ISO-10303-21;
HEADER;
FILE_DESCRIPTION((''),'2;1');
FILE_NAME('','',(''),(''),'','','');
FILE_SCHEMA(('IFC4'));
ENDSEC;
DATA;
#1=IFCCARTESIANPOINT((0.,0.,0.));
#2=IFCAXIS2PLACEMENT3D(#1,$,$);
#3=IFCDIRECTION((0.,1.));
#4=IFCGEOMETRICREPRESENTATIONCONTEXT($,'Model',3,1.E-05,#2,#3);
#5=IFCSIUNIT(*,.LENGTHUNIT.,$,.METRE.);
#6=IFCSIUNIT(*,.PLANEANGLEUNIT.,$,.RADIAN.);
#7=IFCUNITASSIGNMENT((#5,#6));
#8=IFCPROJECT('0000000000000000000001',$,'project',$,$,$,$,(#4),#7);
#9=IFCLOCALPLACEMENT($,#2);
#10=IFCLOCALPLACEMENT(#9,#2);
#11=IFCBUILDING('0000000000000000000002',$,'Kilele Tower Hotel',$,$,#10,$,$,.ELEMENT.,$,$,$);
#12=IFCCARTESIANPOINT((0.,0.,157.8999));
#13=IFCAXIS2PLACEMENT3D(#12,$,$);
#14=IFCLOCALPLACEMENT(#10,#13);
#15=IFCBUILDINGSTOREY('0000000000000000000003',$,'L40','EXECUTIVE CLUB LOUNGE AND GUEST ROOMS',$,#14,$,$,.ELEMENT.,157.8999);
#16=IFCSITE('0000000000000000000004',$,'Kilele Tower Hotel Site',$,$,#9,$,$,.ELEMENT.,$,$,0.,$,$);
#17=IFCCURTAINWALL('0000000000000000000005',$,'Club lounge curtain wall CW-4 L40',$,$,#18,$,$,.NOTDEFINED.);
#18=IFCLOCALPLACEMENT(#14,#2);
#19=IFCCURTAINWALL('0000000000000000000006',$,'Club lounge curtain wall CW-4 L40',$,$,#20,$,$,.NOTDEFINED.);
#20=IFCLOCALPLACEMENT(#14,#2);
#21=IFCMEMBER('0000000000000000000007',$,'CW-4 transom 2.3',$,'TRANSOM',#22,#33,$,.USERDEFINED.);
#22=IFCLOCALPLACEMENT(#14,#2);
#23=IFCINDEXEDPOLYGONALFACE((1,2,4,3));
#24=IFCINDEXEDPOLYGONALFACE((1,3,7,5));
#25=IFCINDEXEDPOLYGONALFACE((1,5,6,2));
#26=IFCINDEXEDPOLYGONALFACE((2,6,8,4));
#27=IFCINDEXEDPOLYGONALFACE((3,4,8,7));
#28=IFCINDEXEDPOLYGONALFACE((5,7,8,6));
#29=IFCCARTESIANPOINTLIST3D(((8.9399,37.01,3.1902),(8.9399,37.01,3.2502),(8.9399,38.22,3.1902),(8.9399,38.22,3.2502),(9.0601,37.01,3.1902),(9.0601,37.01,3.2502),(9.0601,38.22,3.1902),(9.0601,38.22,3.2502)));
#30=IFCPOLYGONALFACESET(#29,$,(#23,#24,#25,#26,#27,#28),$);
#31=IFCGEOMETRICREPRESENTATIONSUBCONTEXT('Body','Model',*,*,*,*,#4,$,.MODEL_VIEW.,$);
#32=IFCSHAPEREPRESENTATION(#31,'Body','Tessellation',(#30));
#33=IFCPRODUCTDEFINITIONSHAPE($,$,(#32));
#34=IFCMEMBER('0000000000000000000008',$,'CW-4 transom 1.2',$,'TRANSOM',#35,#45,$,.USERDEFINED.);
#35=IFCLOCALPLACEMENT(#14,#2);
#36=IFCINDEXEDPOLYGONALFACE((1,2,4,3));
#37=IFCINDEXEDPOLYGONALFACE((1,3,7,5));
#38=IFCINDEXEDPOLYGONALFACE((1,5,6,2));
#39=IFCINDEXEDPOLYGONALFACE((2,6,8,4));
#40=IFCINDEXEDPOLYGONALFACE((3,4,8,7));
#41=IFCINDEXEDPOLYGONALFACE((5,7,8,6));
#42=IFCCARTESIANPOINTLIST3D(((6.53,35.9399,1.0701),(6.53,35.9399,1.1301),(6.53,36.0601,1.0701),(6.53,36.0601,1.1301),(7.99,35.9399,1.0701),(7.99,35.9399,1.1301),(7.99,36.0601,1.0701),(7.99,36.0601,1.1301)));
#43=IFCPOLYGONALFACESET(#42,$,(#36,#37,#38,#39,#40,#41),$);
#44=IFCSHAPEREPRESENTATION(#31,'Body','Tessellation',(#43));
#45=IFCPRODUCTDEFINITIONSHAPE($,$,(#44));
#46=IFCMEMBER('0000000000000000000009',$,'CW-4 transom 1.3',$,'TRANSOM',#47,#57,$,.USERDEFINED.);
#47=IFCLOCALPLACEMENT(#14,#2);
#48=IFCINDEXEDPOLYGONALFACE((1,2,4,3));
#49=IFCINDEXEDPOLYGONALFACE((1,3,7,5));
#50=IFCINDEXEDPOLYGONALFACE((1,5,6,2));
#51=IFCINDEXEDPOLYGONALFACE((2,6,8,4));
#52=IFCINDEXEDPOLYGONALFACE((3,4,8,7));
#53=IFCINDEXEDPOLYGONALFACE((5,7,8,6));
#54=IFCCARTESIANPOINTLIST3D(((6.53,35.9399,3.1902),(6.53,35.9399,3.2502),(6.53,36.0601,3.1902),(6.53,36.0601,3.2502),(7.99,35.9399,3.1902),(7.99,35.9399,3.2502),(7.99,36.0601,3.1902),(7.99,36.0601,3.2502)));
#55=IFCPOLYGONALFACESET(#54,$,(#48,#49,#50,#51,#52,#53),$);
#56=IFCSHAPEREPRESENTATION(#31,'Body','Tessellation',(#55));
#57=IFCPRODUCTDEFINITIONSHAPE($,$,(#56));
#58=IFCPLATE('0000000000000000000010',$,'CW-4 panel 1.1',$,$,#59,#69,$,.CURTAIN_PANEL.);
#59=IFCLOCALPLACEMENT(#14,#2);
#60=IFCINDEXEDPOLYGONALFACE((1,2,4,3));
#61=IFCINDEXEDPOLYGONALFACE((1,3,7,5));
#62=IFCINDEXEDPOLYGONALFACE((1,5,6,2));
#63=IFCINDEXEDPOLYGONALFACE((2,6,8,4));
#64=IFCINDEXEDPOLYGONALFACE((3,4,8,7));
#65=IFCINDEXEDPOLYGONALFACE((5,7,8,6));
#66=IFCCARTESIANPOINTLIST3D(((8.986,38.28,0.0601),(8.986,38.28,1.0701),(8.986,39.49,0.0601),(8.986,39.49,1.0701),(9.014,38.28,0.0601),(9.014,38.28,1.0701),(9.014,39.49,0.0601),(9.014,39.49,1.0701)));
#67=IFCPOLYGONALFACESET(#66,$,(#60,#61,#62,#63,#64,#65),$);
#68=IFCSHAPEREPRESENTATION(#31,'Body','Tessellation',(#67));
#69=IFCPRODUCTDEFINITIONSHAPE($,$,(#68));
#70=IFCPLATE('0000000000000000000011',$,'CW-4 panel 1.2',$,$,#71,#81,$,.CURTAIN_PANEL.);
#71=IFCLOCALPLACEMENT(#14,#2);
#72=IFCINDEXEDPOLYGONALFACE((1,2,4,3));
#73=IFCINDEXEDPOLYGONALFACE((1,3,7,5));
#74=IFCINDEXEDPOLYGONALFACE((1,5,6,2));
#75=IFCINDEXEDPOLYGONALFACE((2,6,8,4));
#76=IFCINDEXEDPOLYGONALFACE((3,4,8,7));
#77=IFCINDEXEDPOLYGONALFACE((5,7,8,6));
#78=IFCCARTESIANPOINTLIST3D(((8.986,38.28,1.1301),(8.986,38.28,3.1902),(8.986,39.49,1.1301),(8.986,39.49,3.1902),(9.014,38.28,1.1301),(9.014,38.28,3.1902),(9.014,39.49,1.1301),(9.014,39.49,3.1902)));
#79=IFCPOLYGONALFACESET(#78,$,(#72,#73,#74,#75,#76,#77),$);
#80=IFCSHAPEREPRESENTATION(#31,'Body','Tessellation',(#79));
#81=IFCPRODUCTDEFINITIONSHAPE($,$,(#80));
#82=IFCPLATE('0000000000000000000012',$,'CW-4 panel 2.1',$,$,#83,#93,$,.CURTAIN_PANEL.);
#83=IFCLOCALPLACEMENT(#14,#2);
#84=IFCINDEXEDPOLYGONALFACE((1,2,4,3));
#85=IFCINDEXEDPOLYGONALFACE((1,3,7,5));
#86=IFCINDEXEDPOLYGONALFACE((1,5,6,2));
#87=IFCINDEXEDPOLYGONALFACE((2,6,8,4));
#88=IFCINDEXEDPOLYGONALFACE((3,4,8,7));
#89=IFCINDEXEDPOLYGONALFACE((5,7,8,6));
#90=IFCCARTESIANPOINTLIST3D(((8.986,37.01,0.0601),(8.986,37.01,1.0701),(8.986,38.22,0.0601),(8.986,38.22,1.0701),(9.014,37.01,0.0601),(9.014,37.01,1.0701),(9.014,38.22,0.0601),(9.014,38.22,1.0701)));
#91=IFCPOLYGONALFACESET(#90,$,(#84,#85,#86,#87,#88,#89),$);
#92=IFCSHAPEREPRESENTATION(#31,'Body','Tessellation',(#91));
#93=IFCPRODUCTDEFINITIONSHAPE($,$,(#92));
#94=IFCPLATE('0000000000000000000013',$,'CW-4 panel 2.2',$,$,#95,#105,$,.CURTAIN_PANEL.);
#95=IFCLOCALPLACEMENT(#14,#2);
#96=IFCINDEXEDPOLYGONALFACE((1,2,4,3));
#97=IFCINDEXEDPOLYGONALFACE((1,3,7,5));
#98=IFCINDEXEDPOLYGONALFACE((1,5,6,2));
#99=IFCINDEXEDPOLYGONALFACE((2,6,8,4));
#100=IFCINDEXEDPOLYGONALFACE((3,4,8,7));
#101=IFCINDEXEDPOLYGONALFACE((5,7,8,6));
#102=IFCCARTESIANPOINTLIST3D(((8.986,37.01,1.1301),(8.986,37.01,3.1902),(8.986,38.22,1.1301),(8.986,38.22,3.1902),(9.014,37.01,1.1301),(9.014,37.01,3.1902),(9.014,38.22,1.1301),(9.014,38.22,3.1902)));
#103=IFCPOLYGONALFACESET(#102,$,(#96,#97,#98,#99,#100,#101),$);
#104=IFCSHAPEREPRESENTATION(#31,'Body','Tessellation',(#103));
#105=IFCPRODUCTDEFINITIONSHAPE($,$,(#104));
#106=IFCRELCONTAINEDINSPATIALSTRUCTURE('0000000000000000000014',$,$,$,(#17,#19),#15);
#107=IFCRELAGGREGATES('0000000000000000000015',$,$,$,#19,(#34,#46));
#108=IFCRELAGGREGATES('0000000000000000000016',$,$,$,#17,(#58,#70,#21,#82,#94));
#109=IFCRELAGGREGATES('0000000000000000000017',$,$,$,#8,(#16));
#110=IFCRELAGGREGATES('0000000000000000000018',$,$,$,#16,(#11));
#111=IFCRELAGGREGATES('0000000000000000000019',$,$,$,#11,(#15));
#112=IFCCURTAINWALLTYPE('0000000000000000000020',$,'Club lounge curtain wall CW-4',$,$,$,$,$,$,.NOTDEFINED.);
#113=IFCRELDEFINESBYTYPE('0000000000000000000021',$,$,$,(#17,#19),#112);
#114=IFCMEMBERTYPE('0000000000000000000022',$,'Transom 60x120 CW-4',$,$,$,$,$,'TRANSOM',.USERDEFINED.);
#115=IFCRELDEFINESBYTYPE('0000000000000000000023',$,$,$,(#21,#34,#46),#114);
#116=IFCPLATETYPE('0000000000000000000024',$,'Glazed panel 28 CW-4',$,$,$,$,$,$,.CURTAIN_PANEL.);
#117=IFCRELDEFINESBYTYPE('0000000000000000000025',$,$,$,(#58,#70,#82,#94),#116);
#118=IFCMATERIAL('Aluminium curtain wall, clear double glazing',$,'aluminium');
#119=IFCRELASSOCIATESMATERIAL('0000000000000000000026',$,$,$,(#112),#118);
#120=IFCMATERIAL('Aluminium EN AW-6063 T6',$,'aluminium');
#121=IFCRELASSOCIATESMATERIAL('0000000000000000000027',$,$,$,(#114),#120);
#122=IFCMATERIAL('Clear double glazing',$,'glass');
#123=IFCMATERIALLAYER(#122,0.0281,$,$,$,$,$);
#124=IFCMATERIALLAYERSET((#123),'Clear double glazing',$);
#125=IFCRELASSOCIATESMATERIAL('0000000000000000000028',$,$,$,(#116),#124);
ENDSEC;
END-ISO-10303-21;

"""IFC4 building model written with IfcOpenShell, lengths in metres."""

from ifc_helpers import new_model, si_unit, direction, frame, origin, origin_2d, place, context, subcontext, project, spatial, rectangle, extrude, material, layer, layer_set, material_profile, profile_set, type_object, element, aggregate, save


model = new_model("IFC4")

# Units and contexts
model_context = context("Model", 3, precision=1e-05, world=origin(), true_north=direction((0.0, 1.0)))
body_context = subcontext(model_context, "Body", "Model", "MODEL_VIEW")
ifc_project = project(units=[si_unit("LENGTHUNIT", "METRE"), si_unit("PLANEANGLEUNIT", "RADIAN")], contexts=[model_context])

# Site, building, storey
site_placement = place(None, origin())
site = spatial("IfcSite", under=ifc_project, at=site_placement, Name="Kilele Tower Hotel Site", CompositionType="ELEMENT", RefElevation=0.0)
building_placement = place(site_placement, origin())
building = spatial("IfcBuilding", under=site, at=building_placement, Name="Kilele Tower Hotel", CompositionType="ELEMENT")
storey_placement = place(building_placement, frame((0.0, 0.0, 157.8999)))
storey = spatial("IfcBuildingStorey", under=building, at=storey_placement, Name="L40", Description="EXECUTIVE CLUB LOUNGE AND GUEST ROOMS", CompositionType="ELEMENT", Elevation=157.8999)

# Curtain wall
ifc_material_1 = material(Name="Aluminium curtain wall, clear double glazing", Category="aluminium")
curtain_wall_type = type_object("IfcCurtainWallType", Name="Club lounge curtain wall CW-4", PredefinedType="NOTDEFINED", material=ifc_material_1)
curtain_wall_1_placement = place(storey_placement, origin())
curtain_wall_1 = element("IfcCurtainWall", 1, at=curtain_wall_1_placement, inside=storey, type_object=curtain_wall_type, Name="Club lounge curtain wall CW-4 L40", PredefinedType="NOTDEFINED")

# Curtain wall
curtain_wall_2_placement = place(storey_placement, origin())
curtain_wall_2 = element("IfcCurtainWall", 2, at=curtain_wall_2_placement, inside=storey, type_object=curtain_wall_type, Name="Club lounge curtain wall CW-4 L40", PredefinedType="NOTDEFINED")

# Members
ifc_material_2 = material(Name="Aluminium EN AW-6063 T6", Category="aluminium")
ifc_material_profile_1 = material_profile(ifc_material_2, rectangle(XDim=0.1201, YDim=0.0601, at=origin_2d()))
ifc_profile_set_1 = profile_set([ifc_material_profile_1], Name="Aluminium EN AW-6063 T6")
member_type_1 = type_object("IfcMemberType", Name="Transom 60x120 CW-4", ElementType="TRANSOM", PredefinedType="USERDEFINED", material=ifc_profile_set_1)
member_1_placement = place(storey_placement, frame((9.0, 38.22, 3.2202), z_axis=(0.0, -1.0, 0.0), x_axis=(1.0, 0.0, 0.0)))
member_1 = element("IfcMember", 3, at=member_1_placement, type_object=member_type_1, Name="CW-4 transom 2.3", ObjectType="TRANSOM", PredefinedType="USERDEFINED", context=body_context, shape_type="SweptSolid", body=[
    extrude(rectangle(XDim=0.1201, YDim=0.0601, at=origin_2d()), origin(), (0.0, 0.0, 1.0), 1.21),
])
member_2_placement = place(storey_placement, frame((7.99, 36.0, 1.1001), z_axis=(-1.0, 0.0, 0.0), x_axis=(0.0, -1.0, 0.0)))
member_2 = element("IfcMember", 4, at=member_2_placement, type_object=member_type_1, Name="CW-4 transom 1.2", ObjectType="TRANSOM", PredefinedType="USERDEFINED", context=body_context, shape_type="SweptSolid", body=[
    extrude(rectangle(XDim=0.1201, YDim=0.0601, at=origin_2d()), origin(), (0.0, 0.0, 1.0), 1.46),
])
member_3_placement = place(storey_placement, frame((7.99, 36.0, 3.2202), z_axis=(-1.0, 0.0, 0.0), x_axis=(0.0, -1.0, 0.0)))
member_3 = element("IfcMember", 5, at=member_3_placement, type_object=member_type_1, Name="CW-4 transom 1.3", ObjectType="TRANSOM", PredefinedType="USERDEFINED", context=body_context, shape_type="SweptSolid", body=[
    extrude(rectangle(XDim=0.1201, YDim=0.0601, at=origin_2d()), origin(), (0.0, 0.0, 1.0), 1.46),
])
aggregate(curtain_wall_2, [member_2, member_3])

# Plates
ifc_material_3 = material(Name="Clear double glazing", Category="glass")
ifc_layer = layer(ifc_material_3, 0.0281)
ifc_layer_set = layer_set([ifc_layer], Name="Clear double glazing")
plate_type = type_object("IfcPlateType", Name="Glazed panel 28 CW-4", PredefinedType="CURTAIN_PANEL", material=ifc_layer_set)
plate_1_placement = place(storey_placement, frame((9.0, 38.885, 0.0601), z_axis=(0.0, 0.0, 1.0), x_axis=(0.0, -1.0, 0.0)))
plate_1 = element("IfcPlate", 6, at=plate_1_placement, type_object=plate_type, Name="CW-4 panel 1.1", PredefinedType="CURTAIN_PANEL", context=body_context, shape_type="SweptSolid", body=[
    extrude(rectangle(XDim=1.21, YDim=0.0281, at=origin_2d()), origin(), (0.0, 0.0, 1.0), 1.01),
])
plate_2_placement = place(storey_placement, frame((9.0, 38.885, 1.1301), z_axis=(0.0, 0.0, 1.0), x_axis=(0.0, -1.0, 0.0)))
plate_2 = element("IfcPlate", 7, at=plate_2_placement, type_object=plate_type, Name="CW-4 panel 1.2", PredefinedType="CURTAIN_PANEL", context=body_context, shape_type="SweptSolid", body=[
    extrude(rectangle(XDim=1.21, YDim=0.0281, at=origin_2d()), origin(), (0.0, 0.0, 1.0), 2.0601),
])
plate_3_placement = place(storey_placement, frame((9.0, 37.615, 0.0601), z_axis=(0.0, 0.0, 1.0), x_axis=(0.0, -1.0, 0.0)))
plate_3 = element("IfcPlate", 8, at=plate_3_placement, type_object=plate_type, Name="CW-4 panel 2.1", PredefinedType="CURTAIN_PANEL", context=body_context, shape_type="SweptSolid", body=[
    extrude(rectangle(XDim=1.21, YDim=0.0281, at=origin_2d()), origin(), (0.0, 0.0, 1.0), 1.01),
])
plate_4_placement = place(storey_placement, frame((9.0, 37.615, 1.1301), z_axis=(0.0, 0.0, 1.0), x_axis=(0.0, -1.0, 0.0)))
plate_4 = element("IfcPlate", 9, at=plate_4_placement, type_object=plate_type, Name="CW-4 panel 2.2", PredefinedType="CURTAIN_PANEL", context=body_context, shape_type="SweptSolid", body=[
    extrude(rectangle(XDim=1.21, YDim=0.0281, at=origin_2d()), origin(), (0.0, 0.0, 1.0), 2.0601),
])
aggregate(curtain_wall_1, [plate_1, plate_2, member_1, plate_3, plate_4])

save(model, "model.ifc")
